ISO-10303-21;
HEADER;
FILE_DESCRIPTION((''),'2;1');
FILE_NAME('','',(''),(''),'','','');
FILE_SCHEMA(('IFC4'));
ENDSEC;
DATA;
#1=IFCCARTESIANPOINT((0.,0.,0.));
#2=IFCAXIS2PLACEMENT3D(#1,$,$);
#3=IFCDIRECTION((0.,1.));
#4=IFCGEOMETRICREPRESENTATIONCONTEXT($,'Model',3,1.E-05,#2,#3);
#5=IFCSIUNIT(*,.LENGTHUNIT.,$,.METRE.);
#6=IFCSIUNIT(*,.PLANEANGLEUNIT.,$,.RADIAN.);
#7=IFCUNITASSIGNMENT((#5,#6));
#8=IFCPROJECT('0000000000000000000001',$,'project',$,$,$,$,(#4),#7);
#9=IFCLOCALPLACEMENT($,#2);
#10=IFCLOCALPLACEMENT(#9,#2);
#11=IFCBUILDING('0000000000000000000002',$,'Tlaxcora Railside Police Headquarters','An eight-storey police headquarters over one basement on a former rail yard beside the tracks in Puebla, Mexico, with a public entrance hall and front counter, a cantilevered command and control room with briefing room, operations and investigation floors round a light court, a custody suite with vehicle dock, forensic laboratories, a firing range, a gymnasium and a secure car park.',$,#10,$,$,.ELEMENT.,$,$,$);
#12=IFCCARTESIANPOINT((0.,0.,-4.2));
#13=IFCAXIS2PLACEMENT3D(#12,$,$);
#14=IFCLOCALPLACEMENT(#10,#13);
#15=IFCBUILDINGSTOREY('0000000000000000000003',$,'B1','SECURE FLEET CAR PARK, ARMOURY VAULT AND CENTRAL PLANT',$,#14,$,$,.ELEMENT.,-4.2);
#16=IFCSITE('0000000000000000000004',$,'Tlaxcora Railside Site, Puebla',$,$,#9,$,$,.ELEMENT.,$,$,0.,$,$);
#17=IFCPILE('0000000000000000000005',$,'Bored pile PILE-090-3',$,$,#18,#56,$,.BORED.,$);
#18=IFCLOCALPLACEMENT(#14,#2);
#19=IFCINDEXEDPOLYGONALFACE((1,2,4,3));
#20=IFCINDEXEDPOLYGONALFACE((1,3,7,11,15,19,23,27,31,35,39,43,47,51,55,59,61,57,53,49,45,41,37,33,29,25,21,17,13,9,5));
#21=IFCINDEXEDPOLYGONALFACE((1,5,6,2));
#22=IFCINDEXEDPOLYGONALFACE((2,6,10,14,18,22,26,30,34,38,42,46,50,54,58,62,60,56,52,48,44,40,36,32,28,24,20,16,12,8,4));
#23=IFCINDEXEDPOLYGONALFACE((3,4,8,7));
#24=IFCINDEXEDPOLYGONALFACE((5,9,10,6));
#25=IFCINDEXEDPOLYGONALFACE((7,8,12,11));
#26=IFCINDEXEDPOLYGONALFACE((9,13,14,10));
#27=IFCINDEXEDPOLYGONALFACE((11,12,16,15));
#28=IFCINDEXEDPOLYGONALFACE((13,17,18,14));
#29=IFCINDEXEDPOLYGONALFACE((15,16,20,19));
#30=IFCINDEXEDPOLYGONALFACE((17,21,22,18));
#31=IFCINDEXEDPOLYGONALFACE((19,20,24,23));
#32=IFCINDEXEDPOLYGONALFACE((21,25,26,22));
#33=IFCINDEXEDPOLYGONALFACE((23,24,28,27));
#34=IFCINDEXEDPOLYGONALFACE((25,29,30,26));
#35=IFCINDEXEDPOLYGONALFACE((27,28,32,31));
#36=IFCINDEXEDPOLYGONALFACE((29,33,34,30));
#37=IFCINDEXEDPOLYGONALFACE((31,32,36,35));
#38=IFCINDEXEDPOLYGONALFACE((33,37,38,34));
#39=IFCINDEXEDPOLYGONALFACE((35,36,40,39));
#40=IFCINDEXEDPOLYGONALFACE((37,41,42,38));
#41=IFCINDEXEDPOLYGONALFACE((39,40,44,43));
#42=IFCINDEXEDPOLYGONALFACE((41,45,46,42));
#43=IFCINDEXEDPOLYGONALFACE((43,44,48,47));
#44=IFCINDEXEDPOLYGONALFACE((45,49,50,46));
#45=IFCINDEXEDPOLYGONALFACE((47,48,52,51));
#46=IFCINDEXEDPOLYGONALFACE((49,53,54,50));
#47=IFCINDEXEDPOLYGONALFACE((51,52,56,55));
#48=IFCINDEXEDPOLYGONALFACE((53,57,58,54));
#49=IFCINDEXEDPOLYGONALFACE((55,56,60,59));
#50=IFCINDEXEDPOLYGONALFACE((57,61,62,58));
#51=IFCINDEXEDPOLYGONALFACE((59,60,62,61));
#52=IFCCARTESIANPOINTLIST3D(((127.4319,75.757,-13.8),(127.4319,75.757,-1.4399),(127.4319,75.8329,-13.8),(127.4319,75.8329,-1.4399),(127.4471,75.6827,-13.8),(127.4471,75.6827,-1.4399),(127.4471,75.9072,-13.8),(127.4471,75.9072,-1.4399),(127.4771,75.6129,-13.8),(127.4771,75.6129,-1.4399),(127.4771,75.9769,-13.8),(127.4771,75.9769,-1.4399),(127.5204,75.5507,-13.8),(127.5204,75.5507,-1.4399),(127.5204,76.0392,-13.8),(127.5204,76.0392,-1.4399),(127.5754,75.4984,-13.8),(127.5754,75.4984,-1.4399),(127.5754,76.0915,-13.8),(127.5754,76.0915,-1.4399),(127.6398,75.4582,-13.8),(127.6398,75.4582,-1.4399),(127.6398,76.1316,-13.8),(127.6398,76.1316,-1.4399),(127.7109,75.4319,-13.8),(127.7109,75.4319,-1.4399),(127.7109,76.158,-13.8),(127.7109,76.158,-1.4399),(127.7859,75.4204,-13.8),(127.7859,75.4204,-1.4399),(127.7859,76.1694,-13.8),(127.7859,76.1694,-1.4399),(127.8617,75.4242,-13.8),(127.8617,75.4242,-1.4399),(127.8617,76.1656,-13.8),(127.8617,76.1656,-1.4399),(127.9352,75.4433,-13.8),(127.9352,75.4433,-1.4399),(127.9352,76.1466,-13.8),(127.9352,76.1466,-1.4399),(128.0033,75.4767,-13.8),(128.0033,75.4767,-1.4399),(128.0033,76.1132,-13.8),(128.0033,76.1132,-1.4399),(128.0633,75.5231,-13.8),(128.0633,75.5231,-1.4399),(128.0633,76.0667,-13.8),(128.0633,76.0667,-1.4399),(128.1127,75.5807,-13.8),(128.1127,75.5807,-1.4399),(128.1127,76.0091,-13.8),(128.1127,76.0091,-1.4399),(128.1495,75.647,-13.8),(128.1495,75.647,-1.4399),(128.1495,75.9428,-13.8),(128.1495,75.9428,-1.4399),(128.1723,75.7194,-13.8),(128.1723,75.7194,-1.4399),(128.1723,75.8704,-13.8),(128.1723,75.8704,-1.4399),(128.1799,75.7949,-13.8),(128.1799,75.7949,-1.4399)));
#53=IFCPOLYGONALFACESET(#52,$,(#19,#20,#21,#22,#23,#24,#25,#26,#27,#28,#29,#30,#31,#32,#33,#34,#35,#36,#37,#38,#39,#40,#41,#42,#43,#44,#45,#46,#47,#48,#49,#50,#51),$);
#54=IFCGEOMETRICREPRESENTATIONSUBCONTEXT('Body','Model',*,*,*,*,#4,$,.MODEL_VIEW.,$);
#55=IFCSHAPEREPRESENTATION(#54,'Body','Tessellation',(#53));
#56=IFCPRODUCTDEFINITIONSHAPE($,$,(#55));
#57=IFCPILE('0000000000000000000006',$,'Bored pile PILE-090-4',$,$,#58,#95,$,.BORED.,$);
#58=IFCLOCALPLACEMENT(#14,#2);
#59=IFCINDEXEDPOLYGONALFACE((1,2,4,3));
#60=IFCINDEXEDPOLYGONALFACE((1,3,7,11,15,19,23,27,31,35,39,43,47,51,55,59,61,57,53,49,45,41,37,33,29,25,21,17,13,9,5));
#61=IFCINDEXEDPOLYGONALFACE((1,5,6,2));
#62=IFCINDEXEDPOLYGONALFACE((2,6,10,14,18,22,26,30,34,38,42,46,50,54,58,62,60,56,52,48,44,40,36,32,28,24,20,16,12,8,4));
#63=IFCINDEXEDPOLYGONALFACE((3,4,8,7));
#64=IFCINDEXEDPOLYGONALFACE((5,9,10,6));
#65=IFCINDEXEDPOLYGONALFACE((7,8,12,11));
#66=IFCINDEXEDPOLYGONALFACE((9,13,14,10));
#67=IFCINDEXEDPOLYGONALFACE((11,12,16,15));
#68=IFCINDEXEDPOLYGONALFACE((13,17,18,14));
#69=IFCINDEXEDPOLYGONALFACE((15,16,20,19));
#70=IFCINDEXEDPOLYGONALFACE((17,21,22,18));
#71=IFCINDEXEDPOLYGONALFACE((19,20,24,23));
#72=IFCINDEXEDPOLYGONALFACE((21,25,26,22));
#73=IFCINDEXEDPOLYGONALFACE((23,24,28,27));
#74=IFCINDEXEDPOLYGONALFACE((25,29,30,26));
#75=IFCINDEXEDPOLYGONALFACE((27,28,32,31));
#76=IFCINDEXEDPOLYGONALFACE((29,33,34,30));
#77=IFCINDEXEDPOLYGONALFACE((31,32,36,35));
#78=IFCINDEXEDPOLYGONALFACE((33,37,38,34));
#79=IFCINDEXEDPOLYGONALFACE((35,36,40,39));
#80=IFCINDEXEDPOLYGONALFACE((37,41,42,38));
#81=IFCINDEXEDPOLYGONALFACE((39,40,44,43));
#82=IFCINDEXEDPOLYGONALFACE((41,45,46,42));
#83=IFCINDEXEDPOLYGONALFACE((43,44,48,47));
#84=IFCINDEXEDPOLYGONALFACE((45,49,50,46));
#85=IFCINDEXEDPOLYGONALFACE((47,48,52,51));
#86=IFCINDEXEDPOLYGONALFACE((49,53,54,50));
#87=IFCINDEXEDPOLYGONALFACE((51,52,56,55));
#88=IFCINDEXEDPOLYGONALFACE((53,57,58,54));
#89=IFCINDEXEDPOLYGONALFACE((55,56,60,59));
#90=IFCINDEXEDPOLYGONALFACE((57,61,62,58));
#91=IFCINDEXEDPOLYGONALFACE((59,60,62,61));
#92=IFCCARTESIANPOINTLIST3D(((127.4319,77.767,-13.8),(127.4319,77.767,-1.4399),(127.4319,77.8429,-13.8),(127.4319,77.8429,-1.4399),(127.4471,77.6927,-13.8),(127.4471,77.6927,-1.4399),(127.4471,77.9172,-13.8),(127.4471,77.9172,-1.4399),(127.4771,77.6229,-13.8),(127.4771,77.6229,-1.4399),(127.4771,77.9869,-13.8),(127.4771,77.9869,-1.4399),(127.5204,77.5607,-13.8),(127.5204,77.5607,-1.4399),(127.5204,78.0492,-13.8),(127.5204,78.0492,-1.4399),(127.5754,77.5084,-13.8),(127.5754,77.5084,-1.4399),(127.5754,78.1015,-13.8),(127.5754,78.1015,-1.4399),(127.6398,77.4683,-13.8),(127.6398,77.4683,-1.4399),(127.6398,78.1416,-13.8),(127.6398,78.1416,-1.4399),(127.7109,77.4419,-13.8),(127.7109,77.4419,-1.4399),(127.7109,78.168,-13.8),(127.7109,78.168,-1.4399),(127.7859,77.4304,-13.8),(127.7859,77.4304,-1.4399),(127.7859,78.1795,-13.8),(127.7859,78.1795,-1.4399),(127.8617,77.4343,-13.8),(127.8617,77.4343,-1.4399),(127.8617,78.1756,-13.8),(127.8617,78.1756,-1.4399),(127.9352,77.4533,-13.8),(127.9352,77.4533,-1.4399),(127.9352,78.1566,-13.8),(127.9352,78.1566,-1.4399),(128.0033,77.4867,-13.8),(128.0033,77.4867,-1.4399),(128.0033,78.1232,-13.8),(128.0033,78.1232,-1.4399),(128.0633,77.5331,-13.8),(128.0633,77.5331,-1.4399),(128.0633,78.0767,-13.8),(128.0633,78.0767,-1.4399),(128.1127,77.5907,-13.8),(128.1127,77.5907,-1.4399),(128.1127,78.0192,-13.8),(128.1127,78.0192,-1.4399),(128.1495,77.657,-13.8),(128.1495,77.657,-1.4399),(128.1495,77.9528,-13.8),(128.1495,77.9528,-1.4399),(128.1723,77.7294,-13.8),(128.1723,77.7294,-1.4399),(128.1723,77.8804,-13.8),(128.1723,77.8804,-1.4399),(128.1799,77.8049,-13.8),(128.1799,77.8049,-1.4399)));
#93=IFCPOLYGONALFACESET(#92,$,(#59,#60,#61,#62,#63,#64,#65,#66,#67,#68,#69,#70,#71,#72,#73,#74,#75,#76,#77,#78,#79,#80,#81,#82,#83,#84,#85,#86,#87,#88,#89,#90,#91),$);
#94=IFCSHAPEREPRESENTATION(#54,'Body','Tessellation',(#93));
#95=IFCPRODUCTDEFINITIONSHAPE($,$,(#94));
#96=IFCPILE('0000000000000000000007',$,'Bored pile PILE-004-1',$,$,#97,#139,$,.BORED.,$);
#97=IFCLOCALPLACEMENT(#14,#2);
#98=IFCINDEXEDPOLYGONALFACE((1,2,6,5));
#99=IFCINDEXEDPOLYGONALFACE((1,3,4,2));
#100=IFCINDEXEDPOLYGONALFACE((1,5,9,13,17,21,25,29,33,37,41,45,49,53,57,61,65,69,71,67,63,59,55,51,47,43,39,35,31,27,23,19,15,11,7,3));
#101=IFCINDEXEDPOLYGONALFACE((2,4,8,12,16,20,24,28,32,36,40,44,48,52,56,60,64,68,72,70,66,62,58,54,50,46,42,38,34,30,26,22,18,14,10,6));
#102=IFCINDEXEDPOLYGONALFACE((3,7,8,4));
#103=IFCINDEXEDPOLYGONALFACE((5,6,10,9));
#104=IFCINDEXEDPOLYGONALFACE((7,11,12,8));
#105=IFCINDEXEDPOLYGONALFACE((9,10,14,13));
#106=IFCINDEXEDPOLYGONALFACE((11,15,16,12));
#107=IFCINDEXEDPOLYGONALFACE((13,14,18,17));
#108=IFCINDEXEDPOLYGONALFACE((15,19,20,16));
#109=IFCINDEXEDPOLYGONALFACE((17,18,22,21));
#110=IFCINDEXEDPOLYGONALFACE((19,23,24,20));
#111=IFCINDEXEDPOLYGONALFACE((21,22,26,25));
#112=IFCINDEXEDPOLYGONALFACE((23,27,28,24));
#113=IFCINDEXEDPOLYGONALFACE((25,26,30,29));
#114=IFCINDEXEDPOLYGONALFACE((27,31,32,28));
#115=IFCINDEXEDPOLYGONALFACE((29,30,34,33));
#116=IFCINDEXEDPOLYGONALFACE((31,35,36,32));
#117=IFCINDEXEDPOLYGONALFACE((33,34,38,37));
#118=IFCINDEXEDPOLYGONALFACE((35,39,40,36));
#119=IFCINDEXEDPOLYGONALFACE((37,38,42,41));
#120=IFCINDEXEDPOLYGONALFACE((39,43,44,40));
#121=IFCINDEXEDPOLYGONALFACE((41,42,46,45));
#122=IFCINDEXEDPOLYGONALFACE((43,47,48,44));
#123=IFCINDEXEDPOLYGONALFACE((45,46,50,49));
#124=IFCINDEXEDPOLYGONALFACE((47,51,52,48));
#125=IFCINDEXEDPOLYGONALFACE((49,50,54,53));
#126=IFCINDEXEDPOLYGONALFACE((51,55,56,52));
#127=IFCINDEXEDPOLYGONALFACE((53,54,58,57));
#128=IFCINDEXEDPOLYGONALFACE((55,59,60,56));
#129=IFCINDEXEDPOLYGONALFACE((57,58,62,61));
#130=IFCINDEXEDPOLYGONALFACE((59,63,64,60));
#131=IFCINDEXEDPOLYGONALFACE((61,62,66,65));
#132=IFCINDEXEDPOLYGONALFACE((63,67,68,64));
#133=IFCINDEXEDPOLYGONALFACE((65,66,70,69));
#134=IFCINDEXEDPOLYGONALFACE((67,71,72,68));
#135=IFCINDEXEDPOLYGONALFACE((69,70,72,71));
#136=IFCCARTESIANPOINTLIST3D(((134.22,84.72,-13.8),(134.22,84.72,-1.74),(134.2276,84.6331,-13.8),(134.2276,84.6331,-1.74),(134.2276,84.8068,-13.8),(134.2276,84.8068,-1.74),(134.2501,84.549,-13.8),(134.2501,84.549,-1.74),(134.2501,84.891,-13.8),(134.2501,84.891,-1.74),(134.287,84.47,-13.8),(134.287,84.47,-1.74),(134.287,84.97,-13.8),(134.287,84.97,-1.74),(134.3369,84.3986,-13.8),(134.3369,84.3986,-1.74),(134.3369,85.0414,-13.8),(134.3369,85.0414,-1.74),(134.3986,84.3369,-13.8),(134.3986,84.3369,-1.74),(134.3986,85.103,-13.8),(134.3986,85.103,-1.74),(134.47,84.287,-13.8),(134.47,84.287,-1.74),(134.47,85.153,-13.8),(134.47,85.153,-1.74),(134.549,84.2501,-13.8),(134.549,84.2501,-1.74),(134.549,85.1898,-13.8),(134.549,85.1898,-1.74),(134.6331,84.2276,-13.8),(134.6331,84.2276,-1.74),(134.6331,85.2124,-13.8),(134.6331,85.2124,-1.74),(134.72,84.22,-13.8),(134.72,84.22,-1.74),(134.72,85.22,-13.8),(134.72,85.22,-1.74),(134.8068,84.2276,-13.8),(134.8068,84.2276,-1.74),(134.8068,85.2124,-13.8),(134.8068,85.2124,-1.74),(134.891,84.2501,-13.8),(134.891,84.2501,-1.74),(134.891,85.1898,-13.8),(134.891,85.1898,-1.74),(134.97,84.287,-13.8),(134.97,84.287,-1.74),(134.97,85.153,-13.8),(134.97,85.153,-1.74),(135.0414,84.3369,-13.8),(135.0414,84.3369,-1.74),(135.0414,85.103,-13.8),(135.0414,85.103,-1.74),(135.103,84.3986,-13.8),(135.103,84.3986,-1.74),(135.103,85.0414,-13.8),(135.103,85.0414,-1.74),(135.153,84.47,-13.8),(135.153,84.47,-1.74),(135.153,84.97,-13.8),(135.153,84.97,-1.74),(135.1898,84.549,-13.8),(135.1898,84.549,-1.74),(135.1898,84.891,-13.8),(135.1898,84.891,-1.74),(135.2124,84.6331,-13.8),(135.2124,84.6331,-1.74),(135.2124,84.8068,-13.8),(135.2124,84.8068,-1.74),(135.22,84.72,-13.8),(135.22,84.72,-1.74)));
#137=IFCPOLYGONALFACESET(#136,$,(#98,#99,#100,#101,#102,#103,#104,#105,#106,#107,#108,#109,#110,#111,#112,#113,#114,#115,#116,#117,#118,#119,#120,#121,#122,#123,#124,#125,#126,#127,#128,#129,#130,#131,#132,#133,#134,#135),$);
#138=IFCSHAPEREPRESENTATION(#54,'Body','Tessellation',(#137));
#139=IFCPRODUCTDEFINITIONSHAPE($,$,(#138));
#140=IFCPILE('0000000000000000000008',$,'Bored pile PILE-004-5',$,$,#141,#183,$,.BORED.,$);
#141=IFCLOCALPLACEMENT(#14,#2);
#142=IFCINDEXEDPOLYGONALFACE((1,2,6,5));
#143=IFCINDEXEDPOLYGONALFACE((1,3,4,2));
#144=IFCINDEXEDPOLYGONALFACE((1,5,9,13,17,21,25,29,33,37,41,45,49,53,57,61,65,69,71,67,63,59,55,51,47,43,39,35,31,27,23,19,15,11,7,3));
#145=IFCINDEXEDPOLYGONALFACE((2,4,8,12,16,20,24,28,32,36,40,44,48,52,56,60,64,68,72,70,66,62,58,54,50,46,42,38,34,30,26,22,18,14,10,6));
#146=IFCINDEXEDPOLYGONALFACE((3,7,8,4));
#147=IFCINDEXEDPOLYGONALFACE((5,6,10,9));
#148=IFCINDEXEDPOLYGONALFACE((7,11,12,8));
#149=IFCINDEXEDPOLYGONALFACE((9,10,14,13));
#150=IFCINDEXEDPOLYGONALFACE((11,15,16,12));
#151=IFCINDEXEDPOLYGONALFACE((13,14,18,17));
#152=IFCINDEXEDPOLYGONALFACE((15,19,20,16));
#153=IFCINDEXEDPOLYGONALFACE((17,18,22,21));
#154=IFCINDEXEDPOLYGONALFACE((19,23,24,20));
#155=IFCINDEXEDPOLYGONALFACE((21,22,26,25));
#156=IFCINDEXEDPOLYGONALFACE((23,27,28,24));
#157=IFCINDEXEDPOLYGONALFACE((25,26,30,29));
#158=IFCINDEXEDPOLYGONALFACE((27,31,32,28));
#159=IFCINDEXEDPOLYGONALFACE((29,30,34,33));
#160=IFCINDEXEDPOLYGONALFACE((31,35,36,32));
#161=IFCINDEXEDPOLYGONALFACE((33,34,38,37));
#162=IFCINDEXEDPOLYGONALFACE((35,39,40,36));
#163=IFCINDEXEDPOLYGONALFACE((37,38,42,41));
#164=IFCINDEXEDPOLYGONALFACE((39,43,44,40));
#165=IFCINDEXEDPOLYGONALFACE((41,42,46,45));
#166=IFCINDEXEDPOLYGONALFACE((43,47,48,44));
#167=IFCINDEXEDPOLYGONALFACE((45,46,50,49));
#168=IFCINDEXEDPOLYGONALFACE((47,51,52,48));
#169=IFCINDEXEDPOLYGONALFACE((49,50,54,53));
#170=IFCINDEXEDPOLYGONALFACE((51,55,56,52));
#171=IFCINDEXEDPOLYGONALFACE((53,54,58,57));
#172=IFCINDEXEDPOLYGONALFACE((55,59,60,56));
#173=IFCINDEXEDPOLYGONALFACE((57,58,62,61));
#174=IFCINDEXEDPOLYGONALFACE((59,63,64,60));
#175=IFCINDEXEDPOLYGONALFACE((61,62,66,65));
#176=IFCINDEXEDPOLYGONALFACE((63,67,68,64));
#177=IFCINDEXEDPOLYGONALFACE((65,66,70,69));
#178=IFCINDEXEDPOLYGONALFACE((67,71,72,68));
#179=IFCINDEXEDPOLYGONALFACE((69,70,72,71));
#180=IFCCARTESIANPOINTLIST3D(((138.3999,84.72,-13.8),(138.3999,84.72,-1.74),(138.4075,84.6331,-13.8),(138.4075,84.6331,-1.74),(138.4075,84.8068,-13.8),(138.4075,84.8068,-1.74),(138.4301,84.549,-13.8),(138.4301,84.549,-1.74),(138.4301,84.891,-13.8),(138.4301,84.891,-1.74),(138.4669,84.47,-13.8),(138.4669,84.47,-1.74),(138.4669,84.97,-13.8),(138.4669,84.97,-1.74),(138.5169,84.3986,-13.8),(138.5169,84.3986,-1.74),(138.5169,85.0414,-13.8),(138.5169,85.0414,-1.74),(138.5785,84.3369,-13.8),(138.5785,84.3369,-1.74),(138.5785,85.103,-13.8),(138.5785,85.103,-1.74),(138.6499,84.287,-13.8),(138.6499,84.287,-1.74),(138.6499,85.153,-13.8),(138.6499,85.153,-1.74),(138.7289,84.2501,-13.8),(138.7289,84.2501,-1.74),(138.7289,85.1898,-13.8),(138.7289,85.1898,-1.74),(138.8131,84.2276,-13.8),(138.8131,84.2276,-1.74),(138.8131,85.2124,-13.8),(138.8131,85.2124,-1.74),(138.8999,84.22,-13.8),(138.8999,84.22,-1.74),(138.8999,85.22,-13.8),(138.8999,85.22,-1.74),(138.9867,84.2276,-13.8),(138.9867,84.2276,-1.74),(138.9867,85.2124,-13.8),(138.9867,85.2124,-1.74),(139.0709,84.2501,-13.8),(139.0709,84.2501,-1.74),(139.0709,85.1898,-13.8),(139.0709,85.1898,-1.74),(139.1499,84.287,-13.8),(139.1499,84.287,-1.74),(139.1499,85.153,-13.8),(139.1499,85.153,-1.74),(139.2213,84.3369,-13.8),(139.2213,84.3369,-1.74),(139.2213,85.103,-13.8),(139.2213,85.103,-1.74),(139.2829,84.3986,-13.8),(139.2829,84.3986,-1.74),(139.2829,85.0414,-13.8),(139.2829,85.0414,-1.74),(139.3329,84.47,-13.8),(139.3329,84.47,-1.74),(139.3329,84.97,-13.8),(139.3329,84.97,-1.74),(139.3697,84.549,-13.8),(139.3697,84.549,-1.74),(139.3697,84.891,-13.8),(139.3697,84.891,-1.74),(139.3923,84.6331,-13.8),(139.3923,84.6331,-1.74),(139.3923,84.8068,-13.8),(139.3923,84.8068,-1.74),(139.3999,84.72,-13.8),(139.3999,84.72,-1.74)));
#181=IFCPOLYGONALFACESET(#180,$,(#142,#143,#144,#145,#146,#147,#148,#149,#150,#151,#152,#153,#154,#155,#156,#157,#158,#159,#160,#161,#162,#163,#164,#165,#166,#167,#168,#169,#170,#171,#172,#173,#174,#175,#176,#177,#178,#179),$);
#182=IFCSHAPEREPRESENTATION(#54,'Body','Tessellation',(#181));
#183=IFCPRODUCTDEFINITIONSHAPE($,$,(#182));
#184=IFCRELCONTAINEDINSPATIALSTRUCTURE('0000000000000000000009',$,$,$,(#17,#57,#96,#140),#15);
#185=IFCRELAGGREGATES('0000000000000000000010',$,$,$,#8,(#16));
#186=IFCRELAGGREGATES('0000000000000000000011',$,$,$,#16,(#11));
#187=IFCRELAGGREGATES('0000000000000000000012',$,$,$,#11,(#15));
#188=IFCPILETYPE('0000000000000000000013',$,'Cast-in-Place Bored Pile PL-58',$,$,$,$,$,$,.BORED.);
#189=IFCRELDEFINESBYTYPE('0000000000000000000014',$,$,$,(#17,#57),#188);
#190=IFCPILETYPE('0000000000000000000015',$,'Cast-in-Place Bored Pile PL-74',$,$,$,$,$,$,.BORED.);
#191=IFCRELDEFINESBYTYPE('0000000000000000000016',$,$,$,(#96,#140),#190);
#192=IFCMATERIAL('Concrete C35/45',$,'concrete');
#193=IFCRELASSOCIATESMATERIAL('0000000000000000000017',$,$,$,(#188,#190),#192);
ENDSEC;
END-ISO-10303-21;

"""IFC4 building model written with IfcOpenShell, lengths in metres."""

from ifc_helpers import new_model, si_unit, direction, frame, origin, origin_2d, place, context, subcontext, project, spatial, circle, extrude, material, material_profile, profile_set, type_object, element, save


model = new_model("IFC4")

# Units and contexts
model_context = context("Model", 3, precision=1e-05, world=origin(), true_north=direction((0.0, 1.0)))
body_context = subcontext(model_context, "Body", "Model", "MODEL_VIEW")
ifc_project = project(units=[si_unit("LENGTHUNIT", "METRE"), si_unit("PLANEANGLEUNIT", "RADIAN")], contexts=[model_context])

# Site, building, storey
site_placement = place(None, origin())
site = spatial("IfcSite", under=ifc_project, at=site_placement, Name="Tlaxcora Railside Site, Puebla", CompositionType="ELEMENT", RefElevation=0.0)
building_placement = place(site_placement, origin())
building = spatial("IfcBuilding", under=site, at=building_placement, Name="Tlaxcora Railside Police Headquarters", Description="An eight-storey police headquarters over one basement on a former rail yard beside the tracks in Puebla, Mexico, with a public entrance hall and front counter, a cantilevered command and control room with briefing room, operations and investigation floors round a light court, a custody suite with vehicle dock, forensic laboratories, a firing range, a gymnasium and a secure car park.", CompositionType="ELEMENT")
storey_placement = place(building_placement, frame((0.0, 0.0, -4.2)))
storey = spatial("IfcBuildingStorey", under=building, at=storey_placement, Name="B1", Description="SECURE FLEET CAR PARK, ARMOURY VAULT AND CENTRAL PLANT", CompositionType="ELEMENT", Elevation=-4.2)

# Piles
ifc_material_1 = material(Name="Concrete C35/45", Category="concrete")
ifc_material_profile_1 = material_profile(ifc_material_1, circle(Radius=0.375, at=origin_2d()), Name="PILE750")
ifc_profile_set_1 = profile_set([ifc_material_profile_1], Name="Concrete C35/45")
pile_type_1 = type_object("IfcPileType", Name="Cast-in-Place Bored Pile PL-58", PredefinedType="BORED", material=ifc_profile_set_1)
for number, where, z_axis, x_axis, name in (
    (1, (127.8049, 75.7949, -1.4399), (0.0, 0.0, -1.0), (1.0, 0.0, 0.0), "Bored pile PILE-090-3"),
    (2, (127.8049, 77.8049, -1.4399), (0.0, 0.0, -1.0), (1.0, 0.0, 0.0), "Bored pile PILE-090-4"),
):
    element("IfcPile", number, at=place(storey_placement, frame(where, z_axis=z_axis, x_axis=x_axis)), inside=storey, type_object=pile_type_1, Name=name, PredefinedType="BORED", context=body_context, shape_type="SweptSolid", body=[
        extrude(circle(Radius=0.375, at=origin_2d()), origin(), (0.0, 0.0, 1.0), 12.3601),
    ])
ifc_material_profile_2 = material_profile(ifc_material_1, circle(Radius=0.5, at=origin_2d()), Name="PILE1000")
ifc_profile_set_2 = profile_set([ifc_material_profile_2], Name="Concrete C35/45")
pile_type_2 = type_object("IfcPileType", Name="Cast-in-Place Bored Pile PL-74", PredefinedType="BORED", material=ifc_profile_set_2)
for number, where, z_axis, x_axis, name in (
    (3, (134.72, 84.72, -1.74), (0.0, 0.0, -1.0), (1.0, 0.0, 0.0), "Bored pile PILE-004-1"),
    (4, (138.8999, 84.72, -1.74), (0.0, 0.0, -1.0), (1.0, 0.0, 0.0), "Bored pile PILE-004-5"),
):
    element("IfcPile", number, at=place(storey_placement, frame(where, z_axis=z_axis, x_axis=x_axis)), inside=storey, type_object=pile_type_2, Name=name, PredefinedType="BORED", context=body_context, shape_type="SweptSolid", body=[
        extrude(circle(Radius=0.5, at=origin_2d()), origin(), (0.0, 0.0, 1.0), 12.0601),
    ])

save(model, "model.ifc")
